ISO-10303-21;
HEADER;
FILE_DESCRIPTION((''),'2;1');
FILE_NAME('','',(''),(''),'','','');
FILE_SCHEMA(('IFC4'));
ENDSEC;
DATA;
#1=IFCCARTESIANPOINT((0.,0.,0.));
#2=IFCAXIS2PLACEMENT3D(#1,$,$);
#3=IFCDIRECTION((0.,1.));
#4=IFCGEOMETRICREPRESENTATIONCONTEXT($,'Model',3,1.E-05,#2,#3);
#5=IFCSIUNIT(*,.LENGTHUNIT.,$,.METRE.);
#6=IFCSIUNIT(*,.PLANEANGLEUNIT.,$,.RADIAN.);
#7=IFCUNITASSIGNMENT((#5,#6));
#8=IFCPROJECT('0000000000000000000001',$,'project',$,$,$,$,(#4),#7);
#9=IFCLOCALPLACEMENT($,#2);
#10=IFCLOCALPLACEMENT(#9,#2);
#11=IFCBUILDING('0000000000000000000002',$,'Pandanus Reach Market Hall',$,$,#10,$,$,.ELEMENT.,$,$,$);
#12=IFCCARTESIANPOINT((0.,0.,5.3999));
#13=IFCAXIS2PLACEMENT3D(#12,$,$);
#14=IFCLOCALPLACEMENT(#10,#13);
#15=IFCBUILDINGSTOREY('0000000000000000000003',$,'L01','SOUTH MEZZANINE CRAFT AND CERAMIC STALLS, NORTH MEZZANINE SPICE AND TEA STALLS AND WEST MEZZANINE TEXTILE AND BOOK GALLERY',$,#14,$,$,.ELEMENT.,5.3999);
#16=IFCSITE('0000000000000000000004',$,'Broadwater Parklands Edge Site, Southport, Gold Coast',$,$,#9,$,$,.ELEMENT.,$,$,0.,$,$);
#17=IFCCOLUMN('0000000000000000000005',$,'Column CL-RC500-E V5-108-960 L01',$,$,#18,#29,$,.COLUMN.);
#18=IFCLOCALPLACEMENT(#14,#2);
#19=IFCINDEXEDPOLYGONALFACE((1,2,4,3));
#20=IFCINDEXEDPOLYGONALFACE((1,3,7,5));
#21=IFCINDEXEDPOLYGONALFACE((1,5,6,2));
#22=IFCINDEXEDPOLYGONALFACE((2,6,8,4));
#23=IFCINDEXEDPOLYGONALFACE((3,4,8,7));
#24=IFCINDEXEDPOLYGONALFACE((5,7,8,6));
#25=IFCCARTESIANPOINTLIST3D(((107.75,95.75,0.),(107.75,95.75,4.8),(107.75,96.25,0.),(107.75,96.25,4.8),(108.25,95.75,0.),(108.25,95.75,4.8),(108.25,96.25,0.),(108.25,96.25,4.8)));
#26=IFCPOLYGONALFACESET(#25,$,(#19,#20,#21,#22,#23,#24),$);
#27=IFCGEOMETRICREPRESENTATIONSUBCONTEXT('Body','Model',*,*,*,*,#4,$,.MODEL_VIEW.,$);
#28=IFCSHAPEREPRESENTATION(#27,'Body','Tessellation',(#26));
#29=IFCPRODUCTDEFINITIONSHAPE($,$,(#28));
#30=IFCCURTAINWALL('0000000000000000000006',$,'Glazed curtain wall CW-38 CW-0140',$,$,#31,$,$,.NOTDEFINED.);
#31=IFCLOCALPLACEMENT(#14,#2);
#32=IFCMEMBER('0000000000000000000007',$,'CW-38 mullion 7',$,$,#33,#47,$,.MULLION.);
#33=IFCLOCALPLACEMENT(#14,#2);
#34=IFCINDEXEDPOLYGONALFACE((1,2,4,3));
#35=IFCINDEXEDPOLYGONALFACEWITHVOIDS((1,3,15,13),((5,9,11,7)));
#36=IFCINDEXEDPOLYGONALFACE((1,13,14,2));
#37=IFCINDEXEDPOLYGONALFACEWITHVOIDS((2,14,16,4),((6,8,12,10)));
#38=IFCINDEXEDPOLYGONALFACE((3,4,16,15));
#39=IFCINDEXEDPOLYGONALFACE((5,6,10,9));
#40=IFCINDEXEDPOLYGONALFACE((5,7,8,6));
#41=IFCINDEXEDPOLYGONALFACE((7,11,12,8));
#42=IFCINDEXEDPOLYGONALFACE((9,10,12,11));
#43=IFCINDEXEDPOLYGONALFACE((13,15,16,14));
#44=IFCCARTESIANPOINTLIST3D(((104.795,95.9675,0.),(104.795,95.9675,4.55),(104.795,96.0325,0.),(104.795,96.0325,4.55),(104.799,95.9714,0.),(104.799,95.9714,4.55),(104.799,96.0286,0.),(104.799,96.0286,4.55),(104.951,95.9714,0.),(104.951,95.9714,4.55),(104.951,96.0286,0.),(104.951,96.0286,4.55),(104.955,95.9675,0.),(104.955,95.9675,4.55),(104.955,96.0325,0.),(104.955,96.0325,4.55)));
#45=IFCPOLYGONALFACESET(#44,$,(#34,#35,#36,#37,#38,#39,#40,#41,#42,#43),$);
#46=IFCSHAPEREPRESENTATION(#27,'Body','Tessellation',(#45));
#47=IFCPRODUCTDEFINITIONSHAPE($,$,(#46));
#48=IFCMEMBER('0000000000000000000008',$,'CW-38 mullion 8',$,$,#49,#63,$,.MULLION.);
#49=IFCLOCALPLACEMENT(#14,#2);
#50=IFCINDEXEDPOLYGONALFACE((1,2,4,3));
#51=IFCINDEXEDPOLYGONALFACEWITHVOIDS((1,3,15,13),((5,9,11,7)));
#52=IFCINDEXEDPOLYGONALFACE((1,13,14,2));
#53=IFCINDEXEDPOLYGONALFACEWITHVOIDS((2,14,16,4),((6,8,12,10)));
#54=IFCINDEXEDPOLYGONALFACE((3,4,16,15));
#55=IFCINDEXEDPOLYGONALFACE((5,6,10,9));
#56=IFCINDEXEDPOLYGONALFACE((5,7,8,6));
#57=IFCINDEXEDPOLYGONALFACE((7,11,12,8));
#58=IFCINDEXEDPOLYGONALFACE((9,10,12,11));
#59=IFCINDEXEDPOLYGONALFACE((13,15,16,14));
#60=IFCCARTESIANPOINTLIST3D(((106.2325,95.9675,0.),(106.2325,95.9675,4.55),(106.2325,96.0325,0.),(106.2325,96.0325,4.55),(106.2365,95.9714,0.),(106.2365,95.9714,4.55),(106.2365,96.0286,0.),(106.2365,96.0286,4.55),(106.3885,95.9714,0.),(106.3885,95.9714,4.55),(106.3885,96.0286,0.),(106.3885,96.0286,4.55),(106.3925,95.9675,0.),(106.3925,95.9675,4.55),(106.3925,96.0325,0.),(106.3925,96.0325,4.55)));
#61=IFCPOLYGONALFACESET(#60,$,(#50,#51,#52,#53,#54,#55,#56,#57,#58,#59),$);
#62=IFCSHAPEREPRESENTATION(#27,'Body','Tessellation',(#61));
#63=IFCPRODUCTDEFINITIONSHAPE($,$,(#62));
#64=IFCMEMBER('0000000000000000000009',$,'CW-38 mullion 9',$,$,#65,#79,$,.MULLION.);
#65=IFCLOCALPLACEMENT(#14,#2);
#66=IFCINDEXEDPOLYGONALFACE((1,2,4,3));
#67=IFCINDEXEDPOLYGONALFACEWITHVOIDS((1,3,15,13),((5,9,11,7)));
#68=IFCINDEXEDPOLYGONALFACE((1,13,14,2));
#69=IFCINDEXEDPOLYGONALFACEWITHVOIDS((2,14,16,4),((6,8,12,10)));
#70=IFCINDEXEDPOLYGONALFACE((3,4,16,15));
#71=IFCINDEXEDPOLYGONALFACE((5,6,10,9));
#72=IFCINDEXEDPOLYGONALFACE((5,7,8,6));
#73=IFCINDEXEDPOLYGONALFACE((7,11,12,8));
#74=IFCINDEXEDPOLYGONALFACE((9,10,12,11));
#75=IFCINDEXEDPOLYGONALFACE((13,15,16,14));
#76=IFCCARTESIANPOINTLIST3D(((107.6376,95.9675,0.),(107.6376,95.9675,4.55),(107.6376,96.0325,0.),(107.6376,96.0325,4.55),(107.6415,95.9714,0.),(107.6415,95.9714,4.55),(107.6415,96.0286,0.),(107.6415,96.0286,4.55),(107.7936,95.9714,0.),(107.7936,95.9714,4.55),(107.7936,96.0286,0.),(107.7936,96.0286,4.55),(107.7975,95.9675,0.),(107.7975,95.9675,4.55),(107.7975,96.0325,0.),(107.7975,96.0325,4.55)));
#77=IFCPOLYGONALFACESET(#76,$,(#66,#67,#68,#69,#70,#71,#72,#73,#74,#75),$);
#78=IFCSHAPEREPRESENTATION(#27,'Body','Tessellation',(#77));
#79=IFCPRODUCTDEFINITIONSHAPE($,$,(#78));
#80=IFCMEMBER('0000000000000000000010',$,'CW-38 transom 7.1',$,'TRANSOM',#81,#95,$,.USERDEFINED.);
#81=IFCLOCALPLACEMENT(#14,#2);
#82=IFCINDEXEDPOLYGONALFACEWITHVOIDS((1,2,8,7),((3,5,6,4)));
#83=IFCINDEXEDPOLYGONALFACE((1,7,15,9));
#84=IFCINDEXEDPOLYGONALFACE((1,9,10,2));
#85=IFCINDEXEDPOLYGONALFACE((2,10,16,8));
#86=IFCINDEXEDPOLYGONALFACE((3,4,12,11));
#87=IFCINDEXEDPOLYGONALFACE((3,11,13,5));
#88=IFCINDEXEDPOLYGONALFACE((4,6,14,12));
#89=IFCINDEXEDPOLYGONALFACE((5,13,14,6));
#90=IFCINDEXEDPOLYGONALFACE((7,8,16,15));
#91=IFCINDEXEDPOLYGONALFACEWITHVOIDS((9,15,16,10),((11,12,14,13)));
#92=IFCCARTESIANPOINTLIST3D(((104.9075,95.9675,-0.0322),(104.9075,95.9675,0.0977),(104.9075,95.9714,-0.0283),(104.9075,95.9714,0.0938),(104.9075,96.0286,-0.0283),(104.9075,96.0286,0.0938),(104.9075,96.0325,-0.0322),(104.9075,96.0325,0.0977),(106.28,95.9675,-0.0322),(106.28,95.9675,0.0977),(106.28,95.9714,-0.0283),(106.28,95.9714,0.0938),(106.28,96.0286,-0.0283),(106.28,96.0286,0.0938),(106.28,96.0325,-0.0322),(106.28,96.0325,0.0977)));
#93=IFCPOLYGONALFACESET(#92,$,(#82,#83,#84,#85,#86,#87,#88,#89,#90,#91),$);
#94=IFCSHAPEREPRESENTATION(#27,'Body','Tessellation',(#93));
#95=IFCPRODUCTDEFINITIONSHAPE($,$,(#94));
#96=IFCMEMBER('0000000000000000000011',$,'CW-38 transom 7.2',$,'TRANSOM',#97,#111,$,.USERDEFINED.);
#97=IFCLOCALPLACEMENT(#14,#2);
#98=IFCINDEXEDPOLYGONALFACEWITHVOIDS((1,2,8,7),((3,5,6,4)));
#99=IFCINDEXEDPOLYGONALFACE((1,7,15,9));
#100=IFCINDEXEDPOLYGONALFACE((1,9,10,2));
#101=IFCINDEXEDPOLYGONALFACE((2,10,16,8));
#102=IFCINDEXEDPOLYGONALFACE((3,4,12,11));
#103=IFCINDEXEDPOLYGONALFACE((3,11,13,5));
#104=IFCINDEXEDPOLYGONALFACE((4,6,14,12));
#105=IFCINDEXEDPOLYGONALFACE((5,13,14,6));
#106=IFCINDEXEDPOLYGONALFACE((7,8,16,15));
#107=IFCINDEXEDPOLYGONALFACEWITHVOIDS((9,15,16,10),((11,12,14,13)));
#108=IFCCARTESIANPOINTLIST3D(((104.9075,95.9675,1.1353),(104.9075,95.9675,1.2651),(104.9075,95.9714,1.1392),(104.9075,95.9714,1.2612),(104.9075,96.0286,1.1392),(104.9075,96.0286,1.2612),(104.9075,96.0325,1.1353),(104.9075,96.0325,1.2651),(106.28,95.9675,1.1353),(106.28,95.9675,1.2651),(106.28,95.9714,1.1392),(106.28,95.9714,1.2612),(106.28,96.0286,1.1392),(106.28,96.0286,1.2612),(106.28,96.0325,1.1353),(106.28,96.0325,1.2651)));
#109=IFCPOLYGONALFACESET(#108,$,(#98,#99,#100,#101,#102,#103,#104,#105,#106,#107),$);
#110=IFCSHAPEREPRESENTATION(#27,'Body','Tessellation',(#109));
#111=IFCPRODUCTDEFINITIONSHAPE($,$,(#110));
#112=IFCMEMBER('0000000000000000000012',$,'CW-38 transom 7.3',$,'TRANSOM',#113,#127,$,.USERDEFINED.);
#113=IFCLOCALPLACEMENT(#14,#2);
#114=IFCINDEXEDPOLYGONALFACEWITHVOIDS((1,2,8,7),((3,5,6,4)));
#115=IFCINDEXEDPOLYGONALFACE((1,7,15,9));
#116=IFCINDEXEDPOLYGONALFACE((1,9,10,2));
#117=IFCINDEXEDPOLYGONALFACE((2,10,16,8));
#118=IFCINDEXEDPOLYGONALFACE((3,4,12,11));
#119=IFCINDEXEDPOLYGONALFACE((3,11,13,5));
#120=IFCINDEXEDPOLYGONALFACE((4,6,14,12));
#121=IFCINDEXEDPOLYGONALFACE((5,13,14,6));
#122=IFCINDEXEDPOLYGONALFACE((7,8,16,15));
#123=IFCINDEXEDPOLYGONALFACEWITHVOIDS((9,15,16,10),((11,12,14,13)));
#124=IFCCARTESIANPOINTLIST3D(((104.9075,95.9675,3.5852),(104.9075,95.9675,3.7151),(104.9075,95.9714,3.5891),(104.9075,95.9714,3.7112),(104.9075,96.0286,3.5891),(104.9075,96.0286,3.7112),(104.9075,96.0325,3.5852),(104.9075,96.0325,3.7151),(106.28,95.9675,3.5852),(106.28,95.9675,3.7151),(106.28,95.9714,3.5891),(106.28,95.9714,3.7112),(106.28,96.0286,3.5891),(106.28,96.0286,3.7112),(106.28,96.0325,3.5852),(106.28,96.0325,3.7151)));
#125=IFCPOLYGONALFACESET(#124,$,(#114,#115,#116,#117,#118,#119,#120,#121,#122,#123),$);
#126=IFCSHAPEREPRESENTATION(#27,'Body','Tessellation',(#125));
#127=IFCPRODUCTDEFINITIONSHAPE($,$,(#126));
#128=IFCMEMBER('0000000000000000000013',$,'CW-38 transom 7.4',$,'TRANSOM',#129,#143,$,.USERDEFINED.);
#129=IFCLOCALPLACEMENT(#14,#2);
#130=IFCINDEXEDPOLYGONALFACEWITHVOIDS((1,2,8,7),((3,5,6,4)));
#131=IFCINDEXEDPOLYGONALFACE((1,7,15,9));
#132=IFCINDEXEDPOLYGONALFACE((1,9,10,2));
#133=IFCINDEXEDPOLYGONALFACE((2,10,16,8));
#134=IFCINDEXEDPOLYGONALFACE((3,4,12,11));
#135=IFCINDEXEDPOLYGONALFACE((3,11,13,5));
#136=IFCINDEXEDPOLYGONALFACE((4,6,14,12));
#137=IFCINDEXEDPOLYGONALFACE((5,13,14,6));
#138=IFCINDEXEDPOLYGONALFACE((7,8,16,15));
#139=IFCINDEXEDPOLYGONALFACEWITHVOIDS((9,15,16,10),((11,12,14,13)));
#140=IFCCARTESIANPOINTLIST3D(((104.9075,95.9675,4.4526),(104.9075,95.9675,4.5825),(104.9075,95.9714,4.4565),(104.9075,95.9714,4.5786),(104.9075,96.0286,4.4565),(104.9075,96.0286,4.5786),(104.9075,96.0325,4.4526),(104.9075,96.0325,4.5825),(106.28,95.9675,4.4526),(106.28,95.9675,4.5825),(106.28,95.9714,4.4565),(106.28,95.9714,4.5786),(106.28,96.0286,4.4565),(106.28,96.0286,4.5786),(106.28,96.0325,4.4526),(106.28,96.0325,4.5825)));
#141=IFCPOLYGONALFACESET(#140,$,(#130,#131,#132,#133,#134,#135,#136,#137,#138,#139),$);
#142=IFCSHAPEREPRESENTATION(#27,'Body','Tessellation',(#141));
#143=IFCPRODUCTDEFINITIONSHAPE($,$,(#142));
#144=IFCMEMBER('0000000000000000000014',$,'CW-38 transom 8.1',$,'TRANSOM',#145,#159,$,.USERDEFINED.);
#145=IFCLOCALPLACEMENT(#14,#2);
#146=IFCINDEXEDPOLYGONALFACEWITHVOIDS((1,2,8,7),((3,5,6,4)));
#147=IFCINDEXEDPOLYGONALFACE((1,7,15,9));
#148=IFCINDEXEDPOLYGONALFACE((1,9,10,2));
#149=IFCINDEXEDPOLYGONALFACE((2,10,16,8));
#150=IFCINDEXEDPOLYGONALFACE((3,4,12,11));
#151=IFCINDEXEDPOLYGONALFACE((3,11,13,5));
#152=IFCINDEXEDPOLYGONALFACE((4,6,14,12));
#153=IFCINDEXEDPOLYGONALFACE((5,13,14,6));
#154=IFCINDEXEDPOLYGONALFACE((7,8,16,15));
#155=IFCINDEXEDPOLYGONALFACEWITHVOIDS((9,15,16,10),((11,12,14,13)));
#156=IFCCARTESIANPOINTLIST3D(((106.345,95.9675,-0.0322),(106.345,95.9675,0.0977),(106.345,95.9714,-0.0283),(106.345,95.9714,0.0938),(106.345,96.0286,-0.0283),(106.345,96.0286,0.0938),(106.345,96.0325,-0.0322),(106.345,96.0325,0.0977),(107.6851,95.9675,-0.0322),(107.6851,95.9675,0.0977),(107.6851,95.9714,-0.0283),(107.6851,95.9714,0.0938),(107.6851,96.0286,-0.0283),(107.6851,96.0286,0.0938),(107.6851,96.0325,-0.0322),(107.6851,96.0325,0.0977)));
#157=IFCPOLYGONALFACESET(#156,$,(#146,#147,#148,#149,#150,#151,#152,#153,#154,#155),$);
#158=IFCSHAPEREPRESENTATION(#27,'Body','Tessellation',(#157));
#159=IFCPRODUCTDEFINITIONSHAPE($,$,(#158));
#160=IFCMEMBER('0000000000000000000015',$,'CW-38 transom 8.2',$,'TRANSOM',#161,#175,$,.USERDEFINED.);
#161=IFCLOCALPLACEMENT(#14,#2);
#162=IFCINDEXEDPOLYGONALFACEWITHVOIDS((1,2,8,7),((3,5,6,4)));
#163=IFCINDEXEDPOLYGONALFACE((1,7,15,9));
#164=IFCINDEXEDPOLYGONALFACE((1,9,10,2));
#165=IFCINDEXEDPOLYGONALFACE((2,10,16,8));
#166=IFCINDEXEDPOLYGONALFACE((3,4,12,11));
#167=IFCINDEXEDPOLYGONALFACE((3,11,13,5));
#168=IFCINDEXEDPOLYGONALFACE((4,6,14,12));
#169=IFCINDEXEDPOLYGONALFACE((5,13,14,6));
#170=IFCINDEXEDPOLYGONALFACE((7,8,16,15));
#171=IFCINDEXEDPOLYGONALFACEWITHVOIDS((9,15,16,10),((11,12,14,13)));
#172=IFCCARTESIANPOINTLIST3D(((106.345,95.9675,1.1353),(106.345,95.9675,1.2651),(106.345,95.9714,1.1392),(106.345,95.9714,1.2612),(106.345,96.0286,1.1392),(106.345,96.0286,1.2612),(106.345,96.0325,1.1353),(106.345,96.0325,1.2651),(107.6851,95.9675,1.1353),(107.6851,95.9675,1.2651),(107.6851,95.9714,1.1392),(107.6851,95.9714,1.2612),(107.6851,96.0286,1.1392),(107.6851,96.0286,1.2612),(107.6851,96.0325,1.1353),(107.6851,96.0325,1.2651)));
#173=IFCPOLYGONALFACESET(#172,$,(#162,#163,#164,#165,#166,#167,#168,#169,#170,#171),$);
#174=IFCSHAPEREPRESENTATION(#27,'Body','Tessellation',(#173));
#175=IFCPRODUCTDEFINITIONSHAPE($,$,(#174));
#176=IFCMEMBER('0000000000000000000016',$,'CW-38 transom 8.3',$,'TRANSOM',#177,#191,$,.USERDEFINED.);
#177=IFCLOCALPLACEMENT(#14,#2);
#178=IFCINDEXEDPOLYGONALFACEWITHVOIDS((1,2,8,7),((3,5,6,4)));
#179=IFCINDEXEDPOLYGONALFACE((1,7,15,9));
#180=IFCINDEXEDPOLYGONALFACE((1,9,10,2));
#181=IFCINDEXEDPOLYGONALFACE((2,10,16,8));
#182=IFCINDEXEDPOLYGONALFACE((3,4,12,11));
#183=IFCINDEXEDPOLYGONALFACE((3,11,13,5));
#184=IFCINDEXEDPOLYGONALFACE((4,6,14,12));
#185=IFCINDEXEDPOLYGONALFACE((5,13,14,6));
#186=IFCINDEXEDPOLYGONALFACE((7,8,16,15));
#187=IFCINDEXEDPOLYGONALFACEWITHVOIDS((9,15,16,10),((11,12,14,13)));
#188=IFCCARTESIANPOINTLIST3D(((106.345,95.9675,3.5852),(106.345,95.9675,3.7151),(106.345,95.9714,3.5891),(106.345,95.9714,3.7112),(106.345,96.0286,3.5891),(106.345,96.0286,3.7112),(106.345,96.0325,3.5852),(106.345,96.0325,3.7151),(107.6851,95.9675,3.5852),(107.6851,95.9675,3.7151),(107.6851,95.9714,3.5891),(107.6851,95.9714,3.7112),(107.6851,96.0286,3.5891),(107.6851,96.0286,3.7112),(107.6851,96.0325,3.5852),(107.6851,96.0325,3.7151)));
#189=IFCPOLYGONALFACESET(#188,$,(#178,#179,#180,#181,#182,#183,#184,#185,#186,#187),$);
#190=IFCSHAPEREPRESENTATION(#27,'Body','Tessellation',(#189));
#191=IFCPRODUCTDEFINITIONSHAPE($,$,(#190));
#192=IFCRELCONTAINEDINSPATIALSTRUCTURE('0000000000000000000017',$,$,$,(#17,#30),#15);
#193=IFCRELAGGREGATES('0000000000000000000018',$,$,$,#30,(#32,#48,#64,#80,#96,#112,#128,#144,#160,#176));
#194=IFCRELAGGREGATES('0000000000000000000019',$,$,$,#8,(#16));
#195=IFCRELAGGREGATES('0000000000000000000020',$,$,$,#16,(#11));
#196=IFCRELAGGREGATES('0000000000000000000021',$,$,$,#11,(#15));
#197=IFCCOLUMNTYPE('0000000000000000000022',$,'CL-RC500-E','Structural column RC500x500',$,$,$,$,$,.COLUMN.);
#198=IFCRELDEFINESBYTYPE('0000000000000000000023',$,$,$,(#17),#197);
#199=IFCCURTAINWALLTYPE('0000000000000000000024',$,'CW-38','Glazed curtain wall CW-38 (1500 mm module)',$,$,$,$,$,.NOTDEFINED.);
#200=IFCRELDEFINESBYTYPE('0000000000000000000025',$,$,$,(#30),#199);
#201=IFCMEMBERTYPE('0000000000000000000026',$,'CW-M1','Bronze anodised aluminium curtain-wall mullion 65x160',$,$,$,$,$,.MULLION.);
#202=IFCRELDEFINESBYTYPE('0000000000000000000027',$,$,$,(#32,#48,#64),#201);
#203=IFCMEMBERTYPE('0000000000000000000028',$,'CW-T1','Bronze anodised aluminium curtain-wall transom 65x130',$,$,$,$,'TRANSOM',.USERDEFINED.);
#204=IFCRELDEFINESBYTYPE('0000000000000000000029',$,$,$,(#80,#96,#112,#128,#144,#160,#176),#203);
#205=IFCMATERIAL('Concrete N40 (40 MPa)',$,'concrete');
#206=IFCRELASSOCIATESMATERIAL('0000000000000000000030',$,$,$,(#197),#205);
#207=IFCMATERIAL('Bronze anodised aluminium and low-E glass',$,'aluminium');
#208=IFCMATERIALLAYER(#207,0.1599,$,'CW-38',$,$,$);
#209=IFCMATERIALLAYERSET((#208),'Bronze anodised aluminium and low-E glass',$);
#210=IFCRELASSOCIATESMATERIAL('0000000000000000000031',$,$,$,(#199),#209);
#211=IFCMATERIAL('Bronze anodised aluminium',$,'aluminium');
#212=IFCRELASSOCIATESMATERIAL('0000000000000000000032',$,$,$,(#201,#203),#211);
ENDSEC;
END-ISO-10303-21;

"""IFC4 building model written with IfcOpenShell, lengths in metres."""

from ifc_helpers import new_model, si_unit, direction, frame, origin, origin_2d, place, context, subcontext, project, spatial, rectangle, hollow_rectangle, extrude, material, layer, layer_set, material_profile, profile_set, type_object, element, aggregate, save


model = new_model("IFC4")

# Units and contexts
model_context = context("Model", 3, precision=1e-05, world=origin(), true_north=direction((0.0, 1.0)))
body_context = subcontext(model_context, "Body", "Model", "MODEL_VIEW")
ifc_project = project(units=[si_unit("LENGTHUNIT", "METRE"), si_unit("PLANEANGLEUNIT", "RADIAN")], contexts=[model_context])

# Site, building, storey
site_placement = place(None, origin())
site = spatial("IfcSite", under=ifc_project, at=site_placement, Name="Broadwater Parklands Edge Site, Southport, Gold Coast", CompositionType="ELEMENT", RefElevation=0.0)
building_placement = place(site_placement, origin())
building = spatial("IfcBuilding", under=site, at=building_placement, Name="Pandanus Reach Market Hall", CompositionType="ELEMENT")
storey_placement = place(building_placement, frame((0.0, 0.0, 5.3999)))
storey = spatial("IfcBuildingStorey", under=building, at=storey_placement, Name="L01", Description="SOUTH MEZZANINE CRAFT AND CERAMIC STALLS, NORTH MEZZANINE SPICE AND TEA STALLS AND WEST MEZZANINE TEXTILE AND BOOK GALLERY", CompositionType="ELEMENT", Elevation=5.3999)

# Column
ifc_material_1 = material(Name="Concrete N40 (40 MPa)", Category="concrete")
ifc_material_profile_1 = material_profile(ifc_material_1, rectangle(XDim=0.5, YDim=0.5, at=origin_2d()), Name="RC500x500", Category="LoadBearing")
ifc_profile_set_1 = profile_set([ifc_material_profile_1], Name="Concrete N40 (40 MPa)")
column_type = type_object("IfcColumnType", Name="CL-RC500-E", Description="Structural column RC500x500", PredefinedType="COLUMN", material=ifc_profile_set_1)
column_placement = place(storey_placement, frame((108.0, 96.0, 0.0), z_axis=(0.0, 0.0, 1.0), x_axis=(1.0, 0.0, 0.0)))
element("IfcColumn", 1, at=column_placement, inside=storey, type_object=column_type, Name="Column CL-RC500-E V5-108-960 L01", PredefinedType="COLUMN", context=body_context, shape_type="SweptSolid", body=[
    extrude(rectangle(XDim=0.5, YDim=0.5, at=origin_2d()), origin(), (0.0, 0.0, 1.0), 4.8),
])

# Curtain wall, members
ifc_material_2 = material(Name="Bronze anodised aluminium and low-E glass", Category="aluminium")
ifc_layer_1 = layer(ifc_material_2, 0.1599, Name="CW-38")
ifc_layer_set_1 = layer_set([ifc_layer_1], Name="Bronze anodised aluminium and low-E glass")
curtain_wall_type = type_object("IfcCurtainWallType", Name="CW-38", Description="Glazed curtain wall CW-38 (1500 mm module)", PredefinedType="NOTDEFINED", material=ifc_layer_set_1)
curtain_wall_placement = place(storey_placement, origin())
curtain_wall = element("IfcCurtainWall", 2, at=curtain_wall_placement, inside=storey, type_object=curtain_wall_type, Name="Glazed curtain wall CW-38 CW-0140", PredefinedType="NOTDEFINED")
ifc_material_3 = material(Name="Bronze anodised aluminium", Category="aluminium")
ifc_material_profile_2 = material_profile(ifc_material_3, hollow_rectangle(XDim=0.0649, YDim=0.1599, WallThickness=0.0039, at=origin_2d()), Name="ALU65x160", Category="LoadBearing")
ifc_profile_set_2 = profile_set([ifc_material_profile_2], Name="Bronze anodised aluminium")
member_type_1 = type_object("IfcMemberType", Name="CW-M1", Description="Bronze anodised aluminium curtain-wall mullion 65x160", PredefinedType="MULLION", material=ifc_profile_set_2)
member_1_placement = place(storey_placement, frame((104.875, 96.0, 0.0), z_axis=(0.0, 0.0, 1.0), x_axis=(0.0, 1.0, 0.0)))
member_1 = element("IfcMember", 3, at=member_1_placement, type_object=member_type_1, Name="CW-38 mullion 7", PredefinedType="MULLION", context=body_context, shape_type="SweptSolid", body=[
    extrude(hollow_rectangle(XDim=0.0649, YDim=0.1599, WallThickness=0.0039, at=origin_2d()), origin(), (0.0, 0.0, 1.0), 4.55),
])
member_2_placement = place(storey_placement, frame((106.3125, 96.0, 0.0), z_axis=(0.0, 0.0, 1.0), x_axis=(0.0, 1.0, 0.0)))
member_2 = element("IfcMember", 4, at=member_2_placement, type_object=member_type_1, Name="CW-38 mullion 8", PredefinedType="MULLION", context=body_context, shape_type="SweptSolid", body=[
    extrude(hollow_rectangle(XDim=0.0649, YDim=0.1599, WallThickness=0.0039, at=origin_2d()), origin(), (0.0, 0.0, 1.0), 4.55),
])
member_3_placement = place(storey_placement, frame((107.7175, 96.0, 0.0), z_axis=(0.0, 0.0, 1.0), x_axis=(0.0, 1.0, 0.0)))
member_3 = element("IfcMember", 5, at=member_3_placement, type_object=member_type_1, Name="CW-38 mullion 9", PredefinedType="MULLION", context=body_context, shape_type="SweptSolid", body=[
    extrude(hollow_rectangle(XDim=0.0649, YDim=0.1599, WallThickness=0.0039, at=origin_2d()), origin(), (0.0, 0.0, 1.0), 4.55),
])
ifc_material_profile_3 = material_profile(ifc_material_3, hollow_rectangle(XDim=0.0649, YDim=0.1299, WallThickness=0.0039, at=origin_2d()), Name="ALU65x130", Category="LoadBearing")
ifc_profile_set_3 = profile_set([ifc_material_profile_3], Name="Bronze anodised aluminium")
member_type_2 = type_object("IfcMemberType", Name="CW-T1", Description="Bronze anodised aluminium curtain-wall transom 65x130", ElementType="TRANSOM", PredefinedType="USERDEFINED", material=ifc_profile_set_3)
member_4_placement = place(storey_placement, frame((104.9075, 96.0, 0.0327), z_axis=(1.0, 0.0, 0.0), x_axis=(0.0, 1.0, 0.0)))
member_4 = element("IfcMember", 6, at=member_4_placement, type_object=member_type_2, Name="CW-38 transom 7.1", ObjectType="TRANSOM", PredefinedType="USERDEFINED", context=body_context, shape_type="SweptSolid", body=[
    extrude(hollow_rectangle(XDim=0.0649, YDim=0.1299, WallThickness=0.0039, at=origin_2d()), origin(), (0.0, 0.0, 1.0), 1.3726),
])
member_5_placement = place(storey_placement, frame((104.9075, 96.0, 1.2002), z_axis=(1.0, 0.0, 0.0), x_axis=(0.0, 1.0, 0.0)))
member_5 = element("IfcMember", 7, at=member_5_placement, type_object=member_type_2, Name="CW-38 transom 7.2", ObjectType="TRANSOM", PredefinedType="USERDEFINED", context=body_context, shape_type="SweptSolid", body=[
    extrude(hollow_rectangle(XDim=0.0649, YDim=0.1299, WallThickness=0.0039, at=origin_2d()), origin(), (0.0, 0.0, 1.0), 1.3726),
])
member_6_placement = place(storey_placement, frame((104.9075, 96.0, 3.6501), z_axis=(1.0, 0.0, 0.0), x_axis=(0.0, 1.0, 0.0)))
member_6 = element("IfcMember", 8, at=member_6_placement, type_object=member_type_2, Name="CW-38 transom 7.3", ObjectType="TRANSOM", PredefinedType="USERDEFINED", context=body_context, shape_type="SweptSolid", body=[
    extrude(hollow_rectangle(XDim=0.0649, YDim=0.1299, WallThickness=0.0039, at=origin_2d()), origin(), (0.0, 0.0, 1.0), 1.3726),
])
member_7_placement = place(storey_placement, frame((104.9075, 96.0, 4.5176), z_axis=(1.0, 0.0, 0.0), x_axis=(0.0, 1.0, 0.0)))
member_7 = element("IfcMember", 9, at=member_7_placement, type_object=member_type_2, Name="CW-38 transom 7.4", ObjectType="TRANSOM", PredefinedType="USERDEFINED", context=body_context, shape_type="SweptSolid", body=[
    extrude(hollow_rectangle(XDim=0.0649, YDim=0.1299, WallThickness=0.0039, at=origin_2d()), origin(), (0.0, 0.0, 1.0), 1.3726),
])
member_8_placement = place(storey_placement, frame((106.345, 96.0, 0.0327), z_axis=(1.0, 0.0, 0.0), x_axis=(0.0, 1.0, 0.0)))
member_8 = element("IfcMember", 10, at=member_8_placement, type_object=member_type_2, Name="CW-38 transom 8.1", ObjectType="TRANSOM", PredefinedType="USERDEFINED", context=body_context, shape_type="SweptSolid", body=[
    extrude(hollow_rectangle(XDim=0.0649, YDim=0.1299, WallThickness=0.0039, at=origin_2d()), origin(), (0.0, 0.0, 1.0), 1.3401),
])
member_9_placement = place(storey_placement, frame((106.345, 96.0, 1.2002), z_axis=(1.0, 0.0, 0.0), x_axis=(0.0, 1.0, 0.0)))
member_9 = element("IfcMember", 11, at=member_9_placement, type_object=member_type_2, Name="CW-38 transom 8.2", ObjectType="TRANSOM", PredefinedType="USERDEFINED", context=body_context, shape_type="SweptSolid", body=[
    extrude(hollow_rectangle(XDim=0.0649, YDim=0.1299, WallThickness=0.0039, at=origin_2d()), origin(), (0.0, 0.0, 1.0), 1.3401),
])
member_10_placement = place(storey_placement, frame((106.345, 96.0, 3.6501), z_axis=(1.0, 0.0, 0.0), x_axis=(0.0, 1.0, 0.0)))
member_10 = element("IfcMember", 12, at=member_10_placement, type_object=member_type_2, Name="CW-38 transom 8.3", ObjectType="TRANSOM", PredefinedType="USERDEFINED", context=body_context, shape_type="SweptSolid", body=[
    extrude(hollow_rectangle(XDim=0.0649, YDim=0.1299, WallThickness=0.0039, at=origin_2d()), origin(), (0.0, 0.0, 1.0), 1.3401),
])
aggregate(curtain_wall, [member_1, member_2, member_3, member_4, member_5, member_6, member_7, member_8, member_9, member_10])

save(model, "model.ifc")
